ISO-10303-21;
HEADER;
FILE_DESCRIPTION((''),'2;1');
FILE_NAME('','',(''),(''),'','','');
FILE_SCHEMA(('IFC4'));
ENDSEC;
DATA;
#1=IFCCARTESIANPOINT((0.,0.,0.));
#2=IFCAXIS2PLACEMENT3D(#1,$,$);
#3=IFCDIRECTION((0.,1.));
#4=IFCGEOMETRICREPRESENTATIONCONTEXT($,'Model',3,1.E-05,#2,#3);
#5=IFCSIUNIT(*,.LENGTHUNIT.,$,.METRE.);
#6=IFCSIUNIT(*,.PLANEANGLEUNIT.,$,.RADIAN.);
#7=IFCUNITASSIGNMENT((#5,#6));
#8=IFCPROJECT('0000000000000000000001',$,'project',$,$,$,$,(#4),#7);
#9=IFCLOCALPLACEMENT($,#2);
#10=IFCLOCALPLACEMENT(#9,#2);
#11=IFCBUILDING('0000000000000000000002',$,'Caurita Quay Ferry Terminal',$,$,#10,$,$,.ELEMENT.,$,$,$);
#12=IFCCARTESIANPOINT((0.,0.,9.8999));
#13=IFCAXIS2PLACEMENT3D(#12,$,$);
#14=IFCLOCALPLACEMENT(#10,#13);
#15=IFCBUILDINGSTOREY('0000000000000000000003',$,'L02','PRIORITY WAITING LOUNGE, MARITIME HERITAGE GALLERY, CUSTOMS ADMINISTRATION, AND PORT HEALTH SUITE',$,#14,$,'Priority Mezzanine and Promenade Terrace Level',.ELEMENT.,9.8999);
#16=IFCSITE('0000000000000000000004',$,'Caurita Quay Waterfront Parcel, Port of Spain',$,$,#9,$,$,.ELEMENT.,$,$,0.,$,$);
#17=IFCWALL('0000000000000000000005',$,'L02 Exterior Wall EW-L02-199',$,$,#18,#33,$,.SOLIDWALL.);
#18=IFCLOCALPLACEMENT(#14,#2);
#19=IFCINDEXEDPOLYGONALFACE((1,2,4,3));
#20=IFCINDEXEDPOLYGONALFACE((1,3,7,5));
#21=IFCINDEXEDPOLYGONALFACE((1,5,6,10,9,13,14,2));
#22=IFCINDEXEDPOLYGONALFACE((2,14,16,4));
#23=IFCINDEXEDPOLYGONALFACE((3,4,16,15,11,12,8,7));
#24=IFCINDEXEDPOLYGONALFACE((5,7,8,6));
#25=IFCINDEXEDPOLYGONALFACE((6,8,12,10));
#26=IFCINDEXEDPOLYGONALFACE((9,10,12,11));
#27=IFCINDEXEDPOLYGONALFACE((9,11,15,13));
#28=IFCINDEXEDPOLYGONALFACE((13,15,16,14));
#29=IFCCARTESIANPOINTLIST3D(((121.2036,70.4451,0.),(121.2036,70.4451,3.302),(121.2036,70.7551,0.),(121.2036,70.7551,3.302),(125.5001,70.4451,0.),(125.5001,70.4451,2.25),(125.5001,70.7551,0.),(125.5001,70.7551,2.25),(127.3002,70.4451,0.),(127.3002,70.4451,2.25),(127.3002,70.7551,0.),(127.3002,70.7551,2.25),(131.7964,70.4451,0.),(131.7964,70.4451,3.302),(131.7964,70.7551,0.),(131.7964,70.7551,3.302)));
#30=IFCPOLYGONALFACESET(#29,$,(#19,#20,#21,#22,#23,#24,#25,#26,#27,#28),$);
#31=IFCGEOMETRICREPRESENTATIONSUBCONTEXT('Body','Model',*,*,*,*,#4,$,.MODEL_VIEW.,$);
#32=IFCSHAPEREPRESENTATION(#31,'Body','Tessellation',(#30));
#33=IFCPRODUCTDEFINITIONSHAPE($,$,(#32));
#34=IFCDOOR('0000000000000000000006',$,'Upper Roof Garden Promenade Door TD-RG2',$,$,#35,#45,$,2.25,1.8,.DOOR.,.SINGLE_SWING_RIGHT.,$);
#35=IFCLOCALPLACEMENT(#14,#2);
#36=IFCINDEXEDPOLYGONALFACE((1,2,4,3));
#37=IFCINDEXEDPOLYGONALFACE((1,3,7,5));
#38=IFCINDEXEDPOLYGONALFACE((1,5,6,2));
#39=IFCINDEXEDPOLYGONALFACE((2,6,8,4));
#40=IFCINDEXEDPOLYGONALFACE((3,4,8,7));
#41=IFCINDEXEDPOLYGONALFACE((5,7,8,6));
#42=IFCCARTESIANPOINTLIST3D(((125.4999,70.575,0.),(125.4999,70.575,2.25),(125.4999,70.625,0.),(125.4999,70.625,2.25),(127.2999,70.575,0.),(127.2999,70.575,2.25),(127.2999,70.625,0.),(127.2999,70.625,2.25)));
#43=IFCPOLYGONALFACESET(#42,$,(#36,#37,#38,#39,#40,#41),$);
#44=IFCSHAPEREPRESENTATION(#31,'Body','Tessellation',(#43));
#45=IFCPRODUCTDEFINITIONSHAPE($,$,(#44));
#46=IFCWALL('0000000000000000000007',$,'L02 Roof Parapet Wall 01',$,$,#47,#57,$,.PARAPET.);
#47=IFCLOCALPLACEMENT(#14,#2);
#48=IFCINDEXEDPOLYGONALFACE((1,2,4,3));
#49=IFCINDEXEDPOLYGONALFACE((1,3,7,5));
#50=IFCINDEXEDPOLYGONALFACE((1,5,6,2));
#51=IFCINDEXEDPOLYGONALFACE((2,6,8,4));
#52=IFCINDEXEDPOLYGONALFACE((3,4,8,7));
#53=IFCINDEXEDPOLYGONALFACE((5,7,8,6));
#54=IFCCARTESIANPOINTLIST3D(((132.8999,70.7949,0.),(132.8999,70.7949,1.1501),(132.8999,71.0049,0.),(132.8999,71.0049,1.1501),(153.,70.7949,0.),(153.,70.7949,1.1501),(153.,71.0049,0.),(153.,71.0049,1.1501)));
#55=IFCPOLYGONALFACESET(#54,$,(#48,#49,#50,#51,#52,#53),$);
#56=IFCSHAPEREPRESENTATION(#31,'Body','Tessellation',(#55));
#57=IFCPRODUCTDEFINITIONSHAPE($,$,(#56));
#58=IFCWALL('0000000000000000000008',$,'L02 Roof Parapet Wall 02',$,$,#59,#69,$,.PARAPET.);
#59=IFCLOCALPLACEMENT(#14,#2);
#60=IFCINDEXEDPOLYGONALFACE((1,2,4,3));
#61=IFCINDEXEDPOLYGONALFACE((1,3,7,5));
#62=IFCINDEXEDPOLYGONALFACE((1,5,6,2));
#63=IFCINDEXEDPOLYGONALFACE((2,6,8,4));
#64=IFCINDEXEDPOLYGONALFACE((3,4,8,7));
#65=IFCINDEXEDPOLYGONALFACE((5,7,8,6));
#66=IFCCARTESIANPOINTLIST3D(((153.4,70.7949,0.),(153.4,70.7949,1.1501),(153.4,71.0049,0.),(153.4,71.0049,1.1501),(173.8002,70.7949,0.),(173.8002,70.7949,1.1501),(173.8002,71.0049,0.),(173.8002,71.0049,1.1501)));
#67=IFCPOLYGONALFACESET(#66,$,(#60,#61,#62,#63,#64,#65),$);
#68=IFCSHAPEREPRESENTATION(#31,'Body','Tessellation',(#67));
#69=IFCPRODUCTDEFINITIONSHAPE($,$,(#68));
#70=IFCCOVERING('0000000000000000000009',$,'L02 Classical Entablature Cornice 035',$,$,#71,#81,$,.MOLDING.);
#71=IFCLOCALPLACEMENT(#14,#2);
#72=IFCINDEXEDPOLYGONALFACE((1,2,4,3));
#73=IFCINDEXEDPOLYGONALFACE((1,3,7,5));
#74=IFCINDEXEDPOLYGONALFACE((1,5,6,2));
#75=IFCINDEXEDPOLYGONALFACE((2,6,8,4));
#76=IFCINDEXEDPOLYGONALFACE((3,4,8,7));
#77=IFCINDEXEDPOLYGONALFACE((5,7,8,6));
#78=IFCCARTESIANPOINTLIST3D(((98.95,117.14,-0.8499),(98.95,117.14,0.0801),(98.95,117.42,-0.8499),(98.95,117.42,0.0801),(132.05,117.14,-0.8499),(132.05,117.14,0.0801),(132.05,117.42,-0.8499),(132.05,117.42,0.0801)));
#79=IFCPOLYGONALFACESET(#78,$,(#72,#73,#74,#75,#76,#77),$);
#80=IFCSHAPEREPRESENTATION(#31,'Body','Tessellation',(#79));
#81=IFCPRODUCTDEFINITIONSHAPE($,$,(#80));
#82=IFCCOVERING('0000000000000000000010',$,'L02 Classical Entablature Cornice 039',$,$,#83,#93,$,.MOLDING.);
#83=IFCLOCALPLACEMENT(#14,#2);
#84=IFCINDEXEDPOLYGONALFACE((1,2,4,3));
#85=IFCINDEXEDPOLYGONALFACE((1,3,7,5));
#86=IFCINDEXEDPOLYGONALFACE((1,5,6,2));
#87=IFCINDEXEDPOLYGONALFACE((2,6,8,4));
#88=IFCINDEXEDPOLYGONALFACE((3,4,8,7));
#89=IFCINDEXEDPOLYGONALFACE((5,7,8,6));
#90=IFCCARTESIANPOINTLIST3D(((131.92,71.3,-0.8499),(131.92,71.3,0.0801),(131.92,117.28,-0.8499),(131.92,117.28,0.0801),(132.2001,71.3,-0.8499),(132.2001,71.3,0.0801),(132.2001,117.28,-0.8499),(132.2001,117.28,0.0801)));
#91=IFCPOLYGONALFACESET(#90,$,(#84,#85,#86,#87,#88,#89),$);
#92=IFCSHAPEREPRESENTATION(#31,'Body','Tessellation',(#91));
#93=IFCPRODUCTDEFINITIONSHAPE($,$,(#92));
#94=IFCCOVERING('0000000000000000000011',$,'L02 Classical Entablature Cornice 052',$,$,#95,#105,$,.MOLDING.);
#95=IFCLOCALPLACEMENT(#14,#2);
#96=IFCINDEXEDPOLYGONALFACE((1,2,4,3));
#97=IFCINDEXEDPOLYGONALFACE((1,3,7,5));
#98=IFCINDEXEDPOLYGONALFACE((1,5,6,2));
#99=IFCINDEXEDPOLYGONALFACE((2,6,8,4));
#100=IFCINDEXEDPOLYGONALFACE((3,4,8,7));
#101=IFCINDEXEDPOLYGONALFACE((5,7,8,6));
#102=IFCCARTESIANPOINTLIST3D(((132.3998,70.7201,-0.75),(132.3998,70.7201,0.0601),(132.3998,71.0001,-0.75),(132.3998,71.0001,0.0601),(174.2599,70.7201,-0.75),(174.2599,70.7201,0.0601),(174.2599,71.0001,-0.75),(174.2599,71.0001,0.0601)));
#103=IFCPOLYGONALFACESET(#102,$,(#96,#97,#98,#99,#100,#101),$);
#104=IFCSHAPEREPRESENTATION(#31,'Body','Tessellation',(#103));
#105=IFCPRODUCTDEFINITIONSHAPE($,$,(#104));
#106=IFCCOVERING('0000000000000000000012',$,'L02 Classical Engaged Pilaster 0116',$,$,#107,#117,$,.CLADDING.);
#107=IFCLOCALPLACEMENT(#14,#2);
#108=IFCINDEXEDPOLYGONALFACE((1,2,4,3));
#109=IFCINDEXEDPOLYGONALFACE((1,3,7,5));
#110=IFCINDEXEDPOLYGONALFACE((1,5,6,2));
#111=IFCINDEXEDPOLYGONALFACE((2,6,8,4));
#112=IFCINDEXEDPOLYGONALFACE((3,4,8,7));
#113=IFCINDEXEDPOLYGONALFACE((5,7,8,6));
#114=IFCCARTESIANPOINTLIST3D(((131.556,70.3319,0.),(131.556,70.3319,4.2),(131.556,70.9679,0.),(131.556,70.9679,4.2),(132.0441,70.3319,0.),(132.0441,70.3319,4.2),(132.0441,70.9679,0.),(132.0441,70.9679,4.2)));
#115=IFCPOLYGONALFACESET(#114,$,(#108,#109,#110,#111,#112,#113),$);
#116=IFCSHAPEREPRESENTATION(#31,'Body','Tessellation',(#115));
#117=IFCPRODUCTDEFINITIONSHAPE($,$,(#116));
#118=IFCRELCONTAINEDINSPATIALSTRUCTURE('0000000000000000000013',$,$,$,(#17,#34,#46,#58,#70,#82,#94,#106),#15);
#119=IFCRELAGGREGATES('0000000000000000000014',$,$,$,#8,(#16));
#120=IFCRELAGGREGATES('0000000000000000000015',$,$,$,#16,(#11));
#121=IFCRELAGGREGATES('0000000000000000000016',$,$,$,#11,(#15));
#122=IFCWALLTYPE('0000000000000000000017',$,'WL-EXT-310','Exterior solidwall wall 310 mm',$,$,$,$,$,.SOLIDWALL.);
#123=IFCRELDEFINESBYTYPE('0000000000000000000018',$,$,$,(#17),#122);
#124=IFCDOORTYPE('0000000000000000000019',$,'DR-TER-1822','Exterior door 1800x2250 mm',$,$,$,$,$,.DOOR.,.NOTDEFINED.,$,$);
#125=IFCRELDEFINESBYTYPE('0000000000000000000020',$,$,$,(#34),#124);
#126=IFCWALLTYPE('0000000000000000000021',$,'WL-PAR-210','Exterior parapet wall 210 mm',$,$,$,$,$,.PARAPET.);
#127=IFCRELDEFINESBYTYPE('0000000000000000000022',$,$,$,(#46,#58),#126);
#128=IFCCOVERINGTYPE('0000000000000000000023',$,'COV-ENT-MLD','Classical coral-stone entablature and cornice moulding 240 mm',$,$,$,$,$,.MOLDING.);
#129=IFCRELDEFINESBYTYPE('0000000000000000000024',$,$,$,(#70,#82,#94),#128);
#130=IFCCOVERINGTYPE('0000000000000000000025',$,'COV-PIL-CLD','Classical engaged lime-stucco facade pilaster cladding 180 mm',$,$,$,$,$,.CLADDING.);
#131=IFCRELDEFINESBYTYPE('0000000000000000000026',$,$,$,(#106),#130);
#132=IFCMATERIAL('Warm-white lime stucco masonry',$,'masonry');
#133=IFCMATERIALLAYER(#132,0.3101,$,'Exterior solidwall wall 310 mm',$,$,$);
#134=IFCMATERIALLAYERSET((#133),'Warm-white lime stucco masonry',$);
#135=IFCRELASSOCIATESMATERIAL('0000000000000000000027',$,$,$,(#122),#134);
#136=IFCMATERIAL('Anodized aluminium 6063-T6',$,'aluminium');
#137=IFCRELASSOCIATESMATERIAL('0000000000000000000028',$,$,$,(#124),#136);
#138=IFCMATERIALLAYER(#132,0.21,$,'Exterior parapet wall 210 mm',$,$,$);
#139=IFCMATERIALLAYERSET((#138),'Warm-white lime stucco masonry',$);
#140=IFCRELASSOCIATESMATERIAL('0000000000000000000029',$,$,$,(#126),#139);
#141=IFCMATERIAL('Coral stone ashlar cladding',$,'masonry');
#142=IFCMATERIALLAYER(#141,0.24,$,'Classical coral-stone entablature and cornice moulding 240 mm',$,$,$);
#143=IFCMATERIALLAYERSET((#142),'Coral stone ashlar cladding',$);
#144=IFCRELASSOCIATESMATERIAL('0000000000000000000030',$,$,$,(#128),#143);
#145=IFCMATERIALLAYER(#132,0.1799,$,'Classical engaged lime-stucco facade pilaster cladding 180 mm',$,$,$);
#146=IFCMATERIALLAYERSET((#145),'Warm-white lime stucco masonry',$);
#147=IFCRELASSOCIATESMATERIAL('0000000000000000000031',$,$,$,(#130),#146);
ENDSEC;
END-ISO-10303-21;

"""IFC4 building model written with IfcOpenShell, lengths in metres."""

from ifc_helpers import new_model, si_unit, direction, frame, frame_2d, origin, origin_2d, place, context, subcontext, project, spatial, rectangle, extrude, material, layer, layer_set, type_object, element, fill, save


model = new_model("IFC4")

# Units and contexts
model_context = context("Model", 3, precision=1e-05, world=origin(), true_north=direction((0.0, 1.0)))
body_context = subcontext(model_context, "Body", "Model", "MODEL_VIEW")
ifc_project = project(units=[si_unit("LENGTHUNIT", "METRE"), si_unit("PLANEANGLEUNIT", "RADIAN")], contexts=[model_context])

# Site, building, storey
site_placement = place(None, origin())
site = spatial("IfcSite", under=ifc_project, at=site_placement, Name="Caurita Quay Waterfront Parcel, Port of Spain", CompositionType="ELEMENT", RefElevation=0.0)
building_placement = place(site_placement, origin())
building = spatial("IfcBuilding", under=site, at=building_placement, Name="Caurita Quay Ferry Terminal", CompositionType="ELEMENT")
storey_placement = place(building_placement, frame((0.0, 0.0, 9.8999)))
storey = spatial("IfcBuildingStorey", under=building, at=storey_placement, Name="L02", Description="PRIORITY WAITING LOUNGE, MARITIME HERITAGE GALLERY, CUSTOMS ADMINISTRATION, AND PORT HEALTH SUITE", LongName="Priority Mezzanine and Promenade Terrace Level", CompositionType="ELEMENT", Elevation=9.8999)

# Wall, opening, door
ifc_material_1 = material(Name="Warm-white lime stucco masonry", Category="masonry")
ifc_layer_1 = layer(ifc_material_1, 0.3101, Name="Exterior solidwall wall 310 mm")
ifc_layer_set_1 = layer_set([ifc_layer_1], Name="Warm-white lime stucco masonry")
wall_type_1 = type_object("IfcWallType", Name="WL-EXT-310", Description="Exterior solidwall wall 310 mm", PredefinedType="SOLIDWALL", material=ifc_layer_set_1)
wall_1_placement = place(storey_placement, frame((131.7964, 70.6001, 0.0), z_axis=(0.0, 0.0, 1.0), x_axis=(-1.0, 0.0, 0.0)))
wall_1 = element("IfcWall", 1, at=wall_1_placement, inside=storey, type_object=wall_type_1, Name="L02 Exterior Wall EW-L02-199", PredefinedType="SOLIDWALL", context=body_context, shape_type="SweptSolid", body=[
    extrude(rectangle(XDim=10.5928, YDim=0.3101, at=frame_2d((5.2964, 0.0))), origin(), (0.0, 0.0, 1.0), 3.302),
])
opening_placement = place(wall_1_placement, frame((4.4963, 0.0, 0.0)))
opening = element("IfcOpeningElement", 2, at=opening_placement, cuts=wall_1, PredefinedType="OPENING", context=body_context, shape_type="SweptSolid", body=[
    extrude(rectangle(XDim=1.8, YDim=2.25, at=frame_2d((0.8999, 1.125))), frame((0.0, 0.165, 0.0), z_axis=(0.0, -1.0, 0.0), x_axis=(1.0, 0.0, 0.0)), (0.0, 0.0, 1.0), 0.3301),
])
ifc_material_2 = material(Name="Anodized aluminium 6063-T6", Category="aluminium")
door_type = type_object("IfcDoorType", Name="DR-TER-1822", Description="Exterior door 1800x2250 mm", OperationType="NOTDEFINED", PredefinedType="DOOR", material=ifc_material_2)
door_placement = place(opening_placement, frame((1.8, 0.0, 0.0), z_axis=(0.0, 0.0, 1.0), x_axis=(-1.0, 0.0, 0.0)))
door = element("IfcDoor", 3, at=door_placement, inside=storey, type_object=door_type, Name="Upper Roof Garden Promenade Door TD-RG2", OperationType="SINGLE_SWING_RIGHT", OverallHeight=2.25, OverallWidth=1.8, PredefinedType="DOOR", context=body_context, shape_type="SweptSolid", body=[
    extrude(rectangle(XDim=1.8, YDim=2.25, at=frame_2d((0.8999, 1.125))), frame((0.0, 0.0249, 0.0), z_axis=(0.0, -1.0, 0.0), x_axis=(1.0, 0.0, 0.0)), (0.0, 0.0, 1.0), 0.05),
])
fill(opening, door)

# Walls
ifc_layer_2 = layer(ifc_material_1, 0.21, Name="Exterior parapet wall 210 mm")
ifc_layer_set_2 = layer_set([ifc_layer_2], Name="Warm-white lime stucco masonry")
wall_type_2 = type_object("IfcWallType", Name="WL-PAR-210", Description="Exterior parapet wall 210 mm", PredefinedType="PARAPET", material=ifc_layer_set_2)
wall_2_placement = place(storey_placement, frame((132.8999, 70.8999, 0.0), z_axis=(0.0, 0.0, 1.0), x_axis=(1.0, 0.0, 0.0)))
element("IfcWall", 4, at=wall_2_placement, inside=storey, type_object=wall_type_2, Name="L02 Roof Parapet Wall 01", PredefinedType="PARAPET", context=body_context, shape_type="SweptSolid", body=[
    extrude(rectangle(XDim=20.1001, YDim=0.21, at=frame_2d((10.05, 0.0))), origin(), (0.0, 0.0, 1.0), 1.1501),
])
wall_3_placement = place(storey_placement, frame((153.3999, 70.8999, 0.0), z_axis=(0.0, 0.0, 1.0), x_axis=(1.0, 0.0, 0.0)))
element("IfcWall", 5, at=wall_3_placement, inside=storey, type_object=wall_type_2, Name="L02 Roof Parapet Wall 02", PredefinedType="PARAPET", context=body_context, shape_type="SweptSolid", body=[
    extrude(rectangle(XDim=20.4001, YDim=0.21, at=frame_2d((10.2002, 0.0))), origin(), (0.0, 0.0, 1.0), 1.1501),
])

# Coverings
ifc_material_3 = material(Name="Coral stone ashlar cladding", Category="masonry")
ifc_layer_3 = layer(ifc_material_3, 0.24, Name="Classical coral-stone entablature and cornice moulding 240 mm")
ifc_layer_set_3 = layer_set([ifc_layer_3], Name="Coral stone ashlar cladding")
covering_type_1 = type_object("IfcCoveringType", Name="COV-ENT-MLD", Description="Classical coral-stone entablature and cornice moulding 240 mm", PredefinedType="MOLDING", material=ifc_layer_set_3)
covering_1_placement = place(storey_placement, frame((132.05, 117.28, -0.8499), z_axis=(0.0, 0.0, 1.0), x_axis=(-1.0, 0.0, 0.0)))
element("IfcCovering", 6, at=covering_1_placement, inside=storey, type_object=covering_type_1, Name="L02 Classical Entablature Cornice 035", PredefinedType="MOLDING", context=body_context, shape_type="SweptSolid", body=[
    extrude(rectangle(XDim=33.1001, YDim=0.28, at=frame_2d((16.55, 0.0))), origin(), (0.0, 0.0, 1.0), 0.9299),
])
covering_2_placement = place(storey_placement, frame((132.0601, 71.3, -0.8499), z_axis=(0.0, 0.0, 1.0), x_axis=(0.0, 1.0, 0.0)))
element("IfcCovering", 7, at=covering_2_placement, inside=storey, type_object=covering_type_1, Name="L02 Classical Entablature Cornice 039", PredefinedType="MOLDING", context=body_context, shape_type="SweptSolid", body=[
    extrude(rectangle(XDim=45.98, YDim=0.28, at=frame_2d((22.99, 0.0))), origin(), (0.0, 0.0, 1.0), 0.9299),
])
covering_3_placement = place(storey_placement, frame((174.26, 70.8601, -0.75), z_axis=(0.0, 0.0, 1.0), x_axis=(-1.0, 0.0, 0.0)))
element("IfcCovering", 8, at=covering_3_placement, inside=storey, type_object=covering_type_1, Name="L02 Classical Entablature Cornice 052", PredefinedType="MOLDING", context=body_context, shape_type="SweptSolid", body=[
    extrude(rectangle(XDim=41.8601, YDim=0.28, at=frame_2d((20.9302, 0.0))), origin(), (0.0, 0.0, 1.0), 0.8101),
])
ifc_layer_4 = layer(ifc_material_1, 0.1799, Name="Classical engaged lime-stucco facade pilaster cladding 180 mm")
ifc_layer_set_4 = layer_set([ifc_layer_4], Name="Warm-white lime stucco masonry")
covering_type_2 = type_object("IfcCoveringType", Name="COV-PIL-CLD", Description="Classical engaged lime-stucco facade pilaster cladding 180 mm", PredefinedType="CLADDING", material=ifc_layer_set_4)
covering_4_placement = place(storey_placement, frame((131.8, 70.6499, 0.0), z_axis=(0.0, 0.0, 1.0), x_axis=(1.0, 0.0, 0.0)))
element("IfcCovering", 9, at=covering_4_placement, inside=storey, type_object=covering_type_2, Name="L02 Classical Engaged Pilaster 0116", PredefinedType="CLADDING", context=body_context, shape_type="SweptSolid", body=[
    extrude(rectangle(XDim=0.488, YDim=0.636, at=origin_2d()), origin(), (0.0, 0.0, 1.0), 4.2),
])

save(model, "model.ifc")
